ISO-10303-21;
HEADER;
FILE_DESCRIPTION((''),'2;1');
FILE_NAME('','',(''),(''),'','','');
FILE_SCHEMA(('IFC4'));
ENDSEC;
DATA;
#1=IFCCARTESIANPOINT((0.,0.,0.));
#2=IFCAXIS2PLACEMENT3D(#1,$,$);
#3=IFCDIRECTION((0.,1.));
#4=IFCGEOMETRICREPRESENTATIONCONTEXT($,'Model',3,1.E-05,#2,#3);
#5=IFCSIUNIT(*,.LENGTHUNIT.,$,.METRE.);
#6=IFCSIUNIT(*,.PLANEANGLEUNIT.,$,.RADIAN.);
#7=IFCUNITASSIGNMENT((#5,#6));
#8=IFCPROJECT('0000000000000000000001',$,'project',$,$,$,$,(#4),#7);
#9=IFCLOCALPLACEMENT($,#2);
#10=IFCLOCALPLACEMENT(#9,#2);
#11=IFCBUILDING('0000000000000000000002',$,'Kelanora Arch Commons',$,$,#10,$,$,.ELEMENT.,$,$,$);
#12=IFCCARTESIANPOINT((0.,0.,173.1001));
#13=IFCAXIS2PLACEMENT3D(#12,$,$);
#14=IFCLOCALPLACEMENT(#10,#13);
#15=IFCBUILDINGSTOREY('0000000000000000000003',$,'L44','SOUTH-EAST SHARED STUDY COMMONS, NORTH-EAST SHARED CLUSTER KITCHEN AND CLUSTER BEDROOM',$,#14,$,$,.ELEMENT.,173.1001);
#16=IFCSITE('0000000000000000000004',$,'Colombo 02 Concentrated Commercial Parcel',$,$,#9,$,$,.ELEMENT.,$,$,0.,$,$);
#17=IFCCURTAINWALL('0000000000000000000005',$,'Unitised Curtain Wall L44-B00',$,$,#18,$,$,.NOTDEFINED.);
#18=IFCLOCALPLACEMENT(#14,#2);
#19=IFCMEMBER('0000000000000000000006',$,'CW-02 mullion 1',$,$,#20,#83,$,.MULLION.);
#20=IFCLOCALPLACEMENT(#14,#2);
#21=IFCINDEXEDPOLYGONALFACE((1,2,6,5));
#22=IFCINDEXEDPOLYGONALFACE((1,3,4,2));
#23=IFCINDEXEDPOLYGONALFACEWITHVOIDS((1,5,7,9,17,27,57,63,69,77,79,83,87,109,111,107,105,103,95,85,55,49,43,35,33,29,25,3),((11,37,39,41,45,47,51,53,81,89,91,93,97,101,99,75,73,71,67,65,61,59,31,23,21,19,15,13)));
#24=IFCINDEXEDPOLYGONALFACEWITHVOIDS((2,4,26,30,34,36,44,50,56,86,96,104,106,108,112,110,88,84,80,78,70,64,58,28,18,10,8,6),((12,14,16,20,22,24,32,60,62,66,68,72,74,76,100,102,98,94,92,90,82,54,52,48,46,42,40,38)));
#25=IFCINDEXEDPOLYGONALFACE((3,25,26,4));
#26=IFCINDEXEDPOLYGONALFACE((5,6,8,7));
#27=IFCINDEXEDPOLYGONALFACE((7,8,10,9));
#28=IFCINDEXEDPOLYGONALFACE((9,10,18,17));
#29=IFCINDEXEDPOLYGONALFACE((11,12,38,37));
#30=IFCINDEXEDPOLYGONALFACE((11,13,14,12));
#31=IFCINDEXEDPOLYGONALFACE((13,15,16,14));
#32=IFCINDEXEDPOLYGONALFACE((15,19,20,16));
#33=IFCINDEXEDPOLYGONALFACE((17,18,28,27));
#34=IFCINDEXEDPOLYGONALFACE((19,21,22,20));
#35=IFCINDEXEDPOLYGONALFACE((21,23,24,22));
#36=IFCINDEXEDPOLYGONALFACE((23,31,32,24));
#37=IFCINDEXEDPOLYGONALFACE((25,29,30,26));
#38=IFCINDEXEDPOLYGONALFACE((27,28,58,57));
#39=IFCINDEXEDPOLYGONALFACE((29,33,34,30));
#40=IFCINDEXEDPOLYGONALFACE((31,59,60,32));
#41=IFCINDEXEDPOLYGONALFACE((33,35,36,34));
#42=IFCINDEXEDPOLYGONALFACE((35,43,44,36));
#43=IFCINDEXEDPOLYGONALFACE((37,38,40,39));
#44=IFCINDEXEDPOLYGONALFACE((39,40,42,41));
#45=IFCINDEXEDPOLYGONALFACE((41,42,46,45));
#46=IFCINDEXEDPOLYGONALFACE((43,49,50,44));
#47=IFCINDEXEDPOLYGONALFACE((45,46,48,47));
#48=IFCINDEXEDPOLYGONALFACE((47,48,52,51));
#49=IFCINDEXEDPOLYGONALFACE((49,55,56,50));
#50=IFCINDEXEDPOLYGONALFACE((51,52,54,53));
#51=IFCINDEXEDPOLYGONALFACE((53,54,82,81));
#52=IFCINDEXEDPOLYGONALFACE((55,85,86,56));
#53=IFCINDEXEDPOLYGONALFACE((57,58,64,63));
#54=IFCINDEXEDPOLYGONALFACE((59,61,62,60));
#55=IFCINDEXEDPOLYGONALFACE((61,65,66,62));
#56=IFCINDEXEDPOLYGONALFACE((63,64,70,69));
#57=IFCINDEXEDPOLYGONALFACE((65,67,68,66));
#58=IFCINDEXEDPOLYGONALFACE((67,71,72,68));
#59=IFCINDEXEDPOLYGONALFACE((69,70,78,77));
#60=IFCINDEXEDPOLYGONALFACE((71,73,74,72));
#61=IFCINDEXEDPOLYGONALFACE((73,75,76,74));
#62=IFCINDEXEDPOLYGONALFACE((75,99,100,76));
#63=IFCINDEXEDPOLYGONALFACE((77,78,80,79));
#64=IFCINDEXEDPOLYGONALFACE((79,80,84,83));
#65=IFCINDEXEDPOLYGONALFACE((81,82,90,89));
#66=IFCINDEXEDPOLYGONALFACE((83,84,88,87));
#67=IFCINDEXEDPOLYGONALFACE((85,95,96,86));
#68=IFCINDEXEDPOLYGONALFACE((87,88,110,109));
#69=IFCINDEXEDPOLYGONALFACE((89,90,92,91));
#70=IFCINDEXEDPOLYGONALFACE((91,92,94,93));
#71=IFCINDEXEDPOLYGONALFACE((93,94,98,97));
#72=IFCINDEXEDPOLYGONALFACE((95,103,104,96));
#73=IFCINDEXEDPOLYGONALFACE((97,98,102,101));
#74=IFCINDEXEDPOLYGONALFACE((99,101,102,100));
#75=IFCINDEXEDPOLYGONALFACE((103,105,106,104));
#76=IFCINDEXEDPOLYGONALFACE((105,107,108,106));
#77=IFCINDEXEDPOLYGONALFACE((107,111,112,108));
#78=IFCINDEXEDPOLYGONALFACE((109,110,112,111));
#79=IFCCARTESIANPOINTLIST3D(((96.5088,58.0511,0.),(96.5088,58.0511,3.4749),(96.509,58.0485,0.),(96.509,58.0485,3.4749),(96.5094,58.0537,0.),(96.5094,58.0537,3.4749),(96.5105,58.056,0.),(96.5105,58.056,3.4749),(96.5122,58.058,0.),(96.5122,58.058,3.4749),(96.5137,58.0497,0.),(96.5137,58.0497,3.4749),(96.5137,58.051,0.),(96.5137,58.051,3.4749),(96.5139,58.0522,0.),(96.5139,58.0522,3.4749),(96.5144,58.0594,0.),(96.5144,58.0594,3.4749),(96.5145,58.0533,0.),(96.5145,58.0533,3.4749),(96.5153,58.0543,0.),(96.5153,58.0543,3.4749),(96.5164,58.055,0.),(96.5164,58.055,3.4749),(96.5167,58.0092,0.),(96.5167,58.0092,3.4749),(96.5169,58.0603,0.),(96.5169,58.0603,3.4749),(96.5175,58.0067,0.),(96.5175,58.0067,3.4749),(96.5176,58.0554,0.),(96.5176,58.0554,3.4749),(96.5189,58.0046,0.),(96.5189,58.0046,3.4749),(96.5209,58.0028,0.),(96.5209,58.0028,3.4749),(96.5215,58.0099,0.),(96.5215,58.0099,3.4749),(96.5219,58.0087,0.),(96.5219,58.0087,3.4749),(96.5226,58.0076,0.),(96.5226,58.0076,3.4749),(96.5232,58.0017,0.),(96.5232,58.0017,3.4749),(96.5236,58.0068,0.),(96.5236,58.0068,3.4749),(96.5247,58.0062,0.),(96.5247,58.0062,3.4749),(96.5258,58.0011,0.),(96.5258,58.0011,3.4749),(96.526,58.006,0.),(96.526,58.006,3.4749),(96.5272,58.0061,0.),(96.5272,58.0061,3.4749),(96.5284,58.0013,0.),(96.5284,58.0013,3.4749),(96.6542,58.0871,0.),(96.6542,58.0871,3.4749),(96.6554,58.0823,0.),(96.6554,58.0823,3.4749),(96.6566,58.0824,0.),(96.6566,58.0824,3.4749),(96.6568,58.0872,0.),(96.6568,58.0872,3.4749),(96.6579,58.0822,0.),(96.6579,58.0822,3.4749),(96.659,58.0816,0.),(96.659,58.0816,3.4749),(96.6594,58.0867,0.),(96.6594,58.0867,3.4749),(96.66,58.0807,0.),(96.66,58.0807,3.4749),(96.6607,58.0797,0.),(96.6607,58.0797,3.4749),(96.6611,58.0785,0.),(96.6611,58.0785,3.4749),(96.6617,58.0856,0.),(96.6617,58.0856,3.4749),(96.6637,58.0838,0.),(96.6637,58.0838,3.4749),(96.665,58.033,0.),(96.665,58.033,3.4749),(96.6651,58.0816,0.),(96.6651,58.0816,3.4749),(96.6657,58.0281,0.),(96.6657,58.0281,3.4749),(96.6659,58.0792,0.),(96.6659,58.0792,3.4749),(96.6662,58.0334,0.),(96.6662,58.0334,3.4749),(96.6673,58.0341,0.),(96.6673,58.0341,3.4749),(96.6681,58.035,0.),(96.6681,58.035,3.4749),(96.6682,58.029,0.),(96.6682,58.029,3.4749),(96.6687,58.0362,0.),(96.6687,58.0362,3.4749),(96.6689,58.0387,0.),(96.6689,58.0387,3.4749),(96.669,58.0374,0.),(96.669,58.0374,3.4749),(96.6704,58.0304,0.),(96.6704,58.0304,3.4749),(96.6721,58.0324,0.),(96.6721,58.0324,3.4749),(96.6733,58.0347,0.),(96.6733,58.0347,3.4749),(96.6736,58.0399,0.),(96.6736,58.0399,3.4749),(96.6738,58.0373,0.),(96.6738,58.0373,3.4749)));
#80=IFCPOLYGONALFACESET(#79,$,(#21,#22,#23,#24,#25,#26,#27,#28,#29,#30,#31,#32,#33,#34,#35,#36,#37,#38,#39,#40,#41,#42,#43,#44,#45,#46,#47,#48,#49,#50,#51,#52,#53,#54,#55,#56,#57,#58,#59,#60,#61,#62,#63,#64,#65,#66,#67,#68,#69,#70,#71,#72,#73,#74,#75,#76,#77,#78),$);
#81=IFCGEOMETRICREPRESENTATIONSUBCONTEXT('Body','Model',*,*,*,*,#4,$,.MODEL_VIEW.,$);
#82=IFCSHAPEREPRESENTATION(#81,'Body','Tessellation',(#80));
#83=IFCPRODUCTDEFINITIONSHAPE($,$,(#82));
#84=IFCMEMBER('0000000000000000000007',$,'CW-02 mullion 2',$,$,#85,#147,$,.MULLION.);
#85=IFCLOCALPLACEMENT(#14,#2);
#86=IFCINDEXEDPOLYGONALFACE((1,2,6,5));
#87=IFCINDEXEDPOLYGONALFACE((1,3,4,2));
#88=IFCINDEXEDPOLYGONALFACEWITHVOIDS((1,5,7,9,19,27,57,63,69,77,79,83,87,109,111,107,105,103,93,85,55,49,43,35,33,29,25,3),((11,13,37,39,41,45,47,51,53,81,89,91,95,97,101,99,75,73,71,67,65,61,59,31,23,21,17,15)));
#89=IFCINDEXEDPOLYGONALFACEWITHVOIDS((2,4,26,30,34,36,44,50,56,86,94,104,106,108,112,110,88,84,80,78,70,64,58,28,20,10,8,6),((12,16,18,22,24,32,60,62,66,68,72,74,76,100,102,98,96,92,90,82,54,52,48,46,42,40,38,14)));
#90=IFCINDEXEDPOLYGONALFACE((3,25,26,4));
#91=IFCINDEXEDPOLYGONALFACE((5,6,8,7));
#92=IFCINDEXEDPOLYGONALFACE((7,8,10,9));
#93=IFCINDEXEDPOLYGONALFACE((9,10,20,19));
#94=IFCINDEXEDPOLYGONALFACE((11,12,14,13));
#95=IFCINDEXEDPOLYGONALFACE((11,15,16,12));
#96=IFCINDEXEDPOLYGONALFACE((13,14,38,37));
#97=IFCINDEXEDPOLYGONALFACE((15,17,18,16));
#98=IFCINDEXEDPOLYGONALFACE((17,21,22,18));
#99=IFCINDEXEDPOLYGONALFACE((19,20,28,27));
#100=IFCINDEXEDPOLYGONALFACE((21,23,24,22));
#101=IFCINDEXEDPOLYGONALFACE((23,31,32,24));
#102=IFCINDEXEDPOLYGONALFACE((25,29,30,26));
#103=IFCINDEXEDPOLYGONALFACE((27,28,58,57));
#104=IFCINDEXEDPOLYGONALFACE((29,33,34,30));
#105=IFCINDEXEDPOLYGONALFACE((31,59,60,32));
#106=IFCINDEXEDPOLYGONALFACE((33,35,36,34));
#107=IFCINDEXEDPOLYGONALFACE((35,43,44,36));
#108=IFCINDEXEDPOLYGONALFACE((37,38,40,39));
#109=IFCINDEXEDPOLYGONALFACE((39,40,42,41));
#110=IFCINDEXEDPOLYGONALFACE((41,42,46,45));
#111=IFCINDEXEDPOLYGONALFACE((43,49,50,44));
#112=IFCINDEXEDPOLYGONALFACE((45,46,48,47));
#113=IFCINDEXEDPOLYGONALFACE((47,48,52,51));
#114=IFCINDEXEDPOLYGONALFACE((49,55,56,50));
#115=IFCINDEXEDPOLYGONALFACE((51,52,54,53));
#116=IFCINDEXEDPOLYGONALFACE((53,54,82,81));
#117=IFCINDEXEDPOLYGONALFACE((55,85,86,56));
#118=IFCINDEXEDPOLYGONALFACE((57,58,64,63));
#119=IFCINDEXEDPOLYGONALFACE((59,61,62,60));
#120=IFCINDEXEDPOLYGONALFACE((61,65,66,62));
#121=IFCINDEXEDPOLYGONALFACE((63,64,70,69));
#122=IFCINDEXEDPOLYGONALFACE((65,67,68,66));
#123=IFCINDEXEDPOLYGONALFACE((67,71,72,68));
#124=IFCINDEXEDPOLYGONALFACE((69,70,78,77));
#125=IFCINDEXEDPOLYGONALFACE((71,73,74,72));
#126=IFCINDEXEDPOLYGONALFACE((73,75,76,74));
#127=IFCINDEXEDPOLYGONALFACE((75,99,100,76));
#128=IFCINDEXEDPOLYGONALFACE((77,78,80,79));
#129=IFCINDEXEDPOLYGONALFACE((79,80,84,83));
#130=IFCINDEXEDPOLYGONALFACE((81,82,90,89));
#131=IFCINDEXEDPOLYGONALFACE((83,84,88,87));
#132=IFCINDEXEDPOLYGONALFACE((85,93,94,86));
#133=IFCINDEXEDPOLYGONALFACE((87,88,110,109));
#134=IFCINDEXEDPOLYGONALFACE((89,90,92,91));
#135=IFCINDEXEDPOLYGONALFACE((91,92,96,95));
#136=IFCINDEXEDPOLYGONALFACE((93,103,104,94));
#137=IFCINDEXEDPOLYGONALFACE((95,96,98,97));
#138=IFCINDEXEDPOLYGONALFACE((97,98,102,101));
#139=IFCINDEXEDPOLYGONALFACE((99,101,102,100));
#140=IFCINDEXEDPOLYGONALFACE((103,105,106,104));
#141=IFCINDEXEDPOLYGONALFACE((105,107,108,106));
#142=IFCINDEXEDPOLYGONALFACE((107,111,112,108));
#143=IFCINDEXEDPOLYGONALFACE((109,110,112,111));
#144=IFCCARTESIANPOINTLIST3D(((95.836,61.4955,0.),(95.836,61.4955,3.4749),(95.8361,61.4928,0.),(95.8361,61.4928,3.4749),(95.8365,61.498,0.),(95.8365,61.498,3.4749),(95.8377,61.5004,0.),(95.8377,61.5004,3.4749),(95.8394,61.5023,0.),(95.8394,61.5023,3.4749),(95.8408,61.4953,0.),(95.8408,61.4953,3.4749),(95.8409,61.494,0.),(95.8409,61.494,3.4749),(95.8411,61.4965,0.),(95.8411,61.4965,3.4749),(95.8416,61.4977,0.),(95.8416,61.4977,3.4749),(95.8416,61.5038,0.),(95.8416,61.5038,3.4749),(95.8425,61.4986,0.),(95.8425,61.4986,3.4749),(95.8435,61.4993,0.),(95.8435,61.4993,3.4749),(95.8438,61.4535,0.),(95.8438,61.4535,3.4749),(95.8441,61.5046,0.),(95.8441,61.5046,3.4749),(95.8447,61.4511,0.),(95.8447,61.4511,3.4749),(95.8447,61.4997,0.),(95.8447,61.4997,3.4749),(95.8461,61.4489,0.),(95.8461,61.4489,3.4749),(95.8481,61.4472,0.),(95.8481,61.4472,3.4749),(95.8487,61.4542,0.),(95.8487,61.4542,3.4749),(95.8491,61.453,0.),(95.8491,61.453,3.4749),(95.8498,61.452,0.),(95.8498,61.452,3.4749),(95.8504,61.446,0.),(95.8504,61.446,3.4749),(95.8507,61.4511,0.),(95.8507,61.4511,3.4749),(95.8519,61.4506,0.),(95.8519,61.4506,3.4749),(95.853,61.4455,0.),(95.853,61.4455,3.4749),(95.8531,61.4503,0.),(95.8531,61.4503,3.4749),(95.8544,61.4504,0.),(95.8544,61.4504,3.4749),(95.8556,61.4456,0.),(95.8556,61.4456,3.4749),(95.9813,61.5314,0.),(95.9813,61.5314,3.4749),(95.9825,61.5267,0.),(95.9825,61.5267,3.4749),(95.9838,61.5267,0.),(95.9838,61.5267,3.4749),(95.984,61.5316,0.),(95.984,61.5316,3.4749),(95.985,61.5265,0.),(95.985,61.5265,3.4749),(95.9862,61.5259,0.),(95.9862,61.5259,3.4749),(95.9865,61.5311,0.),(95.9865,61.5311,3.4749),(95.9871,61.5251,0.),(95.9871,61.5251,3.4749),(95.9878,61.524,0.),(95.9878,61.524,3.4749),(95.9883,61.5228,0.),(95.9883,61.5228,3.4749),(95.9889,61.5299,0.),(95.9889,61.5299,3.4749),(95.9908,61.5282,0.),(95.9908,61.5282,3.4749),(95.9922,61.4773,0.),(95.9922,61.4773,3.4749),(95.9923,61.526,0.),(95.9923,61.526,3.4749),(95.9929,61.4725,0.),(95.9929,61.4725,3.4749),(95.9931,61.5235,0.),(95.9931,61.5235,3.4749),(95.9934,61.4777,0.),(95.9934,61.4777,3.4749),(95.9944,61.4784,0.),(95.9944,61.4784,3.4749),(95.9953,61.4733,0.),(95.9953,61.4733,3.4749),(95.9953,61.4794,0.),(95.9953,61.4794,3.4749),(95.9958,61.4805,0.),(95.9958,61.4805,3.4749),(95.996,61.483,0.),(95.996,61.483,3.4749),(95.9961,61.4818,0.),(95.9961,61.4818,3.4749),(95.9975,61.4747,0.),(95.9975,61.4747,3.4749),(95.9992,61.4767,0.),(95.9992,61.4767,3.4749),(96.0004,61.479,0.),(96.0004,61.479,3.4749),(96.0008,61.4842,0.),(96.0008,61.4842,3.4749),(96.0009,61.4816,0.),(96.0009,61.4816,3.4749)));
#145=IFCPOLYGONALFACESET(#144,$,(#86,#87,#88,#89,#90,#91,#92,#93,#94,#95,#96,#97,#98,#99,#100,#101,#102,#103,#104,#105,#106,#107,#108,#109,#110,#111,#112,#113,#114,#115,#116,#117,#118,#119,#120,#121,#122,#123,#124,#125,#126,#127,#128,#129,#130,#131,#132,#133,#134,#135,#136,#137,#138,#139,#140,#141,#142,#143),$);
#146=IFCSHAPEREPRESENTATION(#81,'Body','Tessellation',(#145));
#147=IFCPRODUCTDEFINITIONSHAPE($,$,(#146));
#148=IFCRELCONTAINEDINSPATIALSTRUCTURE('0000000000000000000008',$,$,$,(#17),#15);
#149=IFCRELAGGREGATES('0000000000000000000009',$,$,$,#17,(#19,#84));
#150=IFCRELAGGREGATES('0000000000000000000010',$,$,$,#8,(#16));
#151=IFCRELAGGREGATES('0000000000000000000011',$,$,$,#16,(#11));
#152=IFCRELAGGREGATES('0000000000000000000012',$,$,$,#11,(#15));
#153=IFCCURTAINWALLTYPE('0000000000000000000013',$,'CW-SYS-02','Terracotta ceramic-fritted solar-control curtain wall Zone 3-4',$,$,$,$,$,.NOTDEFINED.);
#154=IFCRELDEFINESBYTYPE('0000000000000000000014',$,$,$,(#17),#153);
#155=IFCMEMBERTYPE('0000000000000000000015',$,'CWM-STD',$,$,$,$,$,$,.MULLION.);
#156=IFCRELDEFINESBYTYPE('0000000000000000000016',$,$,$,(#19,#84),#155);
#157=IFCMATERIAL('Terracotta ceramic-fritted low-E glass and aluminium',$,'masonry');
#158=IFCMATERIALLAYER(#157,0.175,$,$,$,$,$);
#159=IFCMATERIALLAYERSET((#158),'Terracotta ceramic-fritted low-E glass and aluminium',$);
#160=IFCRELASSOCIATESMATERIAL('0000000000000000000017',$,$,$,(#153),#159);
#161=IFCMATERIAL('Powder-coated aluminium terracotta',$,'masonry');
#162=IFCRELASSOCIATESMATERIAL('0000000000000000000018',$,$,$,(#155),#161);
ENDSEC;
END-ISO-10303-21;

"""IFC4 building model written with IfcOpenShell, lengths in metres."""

from ifc_helpers import new_model, si_unit, direction, frame, origin, origin_2d, place, context, subcontext, project, spatial, hollow_rectangle, extrude, material, layer, layer_set, material_profile, profile_set, type_object, element, aggregate, save


model = new_model("IFC4")

# Units and contexts
model_context = context("Model", 3, precision=1e-05, world=origin(), true_north=direction((0.0, 1.0)))
body_context = subcontext(model_context, "Body", "Model", "MODEL_VIEW")
ifc_project = project(units=[si_unit("LENGTHUNIT", "METRE"), si_unit("PLANEANGLEUNIT", "RADIAN")], contexts=[model_context])

# Site, building, storey
site_placement = place(None, origin())
site = spatial("IfcSite", under=ifc_project, at=site_placement, Name="Colombo 02 Concentrated Commercial Parcel", CompositionType="ELEMENT", RefElevation=0.0)
building_placement = place(site_placement, origin())
building = spatial("IfcBuilding", under=site, at=building_placement, Name="Kelanora Arch Commons", CompositionType="ELEMENT")
storey_placement = place(building_placement, frame((0.0, 0.0, 173.1001)))
storey = spatial("IfcBuildingStorey", under=building, at=storey_placement, Name="L44", Description="SOUTH-EAST SHARED STUDY COMMONS, NORTH-EAST SHARED CLUSTER KITCHEN AND CLUSTER BEDROOM", CompositionType="ELEMENT", Elevation=173.1001)

# Curtain wall, members
ifc_material_1 = material(Name="Terracotta ceramic-fritted low-E glass and aluminium", Category="masonry")
ifc_layer_1 = layer(ifc_material_1, 0.175)
ifc_layer_set_1 = layer_set([ifc_layer_1], Name="Terracotta ceramic-fritted low-E glass and aluminium")
curtain_wall_type = type_object("IfcCurtainWallType", Name="CW-SYS-02", Description="Terracotta ceramic-fritted solar-control curtain wall Zone 3-4", PredefinedType="NOTDEFINED", material=ifc_layer_set_1)
curtain_wall_placement = place(storey_placement, origin())
curtain_wall = element("IfcCurtainWall", 1, at=curtain_wall_placement, inside=storey, type_object=curtain_wall_type, Name="Unitised Curtain Wall L44-B00", PredefinedType="NOTDEFINED")
ifc_material_2 = material(Name="Powder-coated aluminium terracotta", Category="masonry")
ifc_material_profile_1 = material_profile(ifc_material_2, hollow_rectangle(XDim=0.1599, YDim=0.0601, WallThickness=0.0049, InnerFilletRadius=0.0049, OuterFilletRadius=0.01, at=origin_2d()), Name="CWM160x60")
ifc_profile_set_1 = profile_set([ifc_material_profile_1], Name="Powder-coated aluminium terracotta")
member_type_1 = type_object("IfcMemberType", Name="CWM-STD", PredefinedType="MULLION", material=ifc_profile_set_1)
member_1_placement = place(storey_placement, frame((96.5913, 58.0442, 0.0), z_axis=(0.0, 0.0, 1.0), x_axis=(-0.981453, -0.191705, 0.0)))
member_1 = element("IfcMember", 2, at=member_1_placement, type_object=member_type_1, Name="CW-02 mullion 1", PredefinedType="MULLION", context=body_context, shape_type="SweptSolid", body=[
    extrude(hollow_rectangle(XDim=0.1599, YDim=0.0601, WallThickness=0.0049, InnerFilletRadius=0.0049, OuterFilletRadius=0.01, at=origin_2d()), origin(), (0.0, 0.0, 1.0), 3.4749),
])
member_2_placement = place(storey_placement, frame((95.9185, 61.4885, 0.0), z_axis=(0.0, 0.0, 1.0), x_axis=(-0.981453, -0.191705, 0.0)))
member_2 = element("IfcMember", 3, at=member_2_placement, type_object=member_type_1, Name="CW-02 mullion 2", PredefinedType="MULLION", context=body_context, shape_type="SweptSolid", body=[
    extrude(hollow_rectangle(XDim=0.1599, YDim=0.0601, WallThickness=0.0049, InnerFilletRadius=0.0049, OuterFilletRadius=0.01, at=origin_2d()), origin(), (0.0, 0.0, 1.0), 3.4749),
])
aggregate(curtain_wall, [member_1, member_2])

save(model, "model.ifc")
